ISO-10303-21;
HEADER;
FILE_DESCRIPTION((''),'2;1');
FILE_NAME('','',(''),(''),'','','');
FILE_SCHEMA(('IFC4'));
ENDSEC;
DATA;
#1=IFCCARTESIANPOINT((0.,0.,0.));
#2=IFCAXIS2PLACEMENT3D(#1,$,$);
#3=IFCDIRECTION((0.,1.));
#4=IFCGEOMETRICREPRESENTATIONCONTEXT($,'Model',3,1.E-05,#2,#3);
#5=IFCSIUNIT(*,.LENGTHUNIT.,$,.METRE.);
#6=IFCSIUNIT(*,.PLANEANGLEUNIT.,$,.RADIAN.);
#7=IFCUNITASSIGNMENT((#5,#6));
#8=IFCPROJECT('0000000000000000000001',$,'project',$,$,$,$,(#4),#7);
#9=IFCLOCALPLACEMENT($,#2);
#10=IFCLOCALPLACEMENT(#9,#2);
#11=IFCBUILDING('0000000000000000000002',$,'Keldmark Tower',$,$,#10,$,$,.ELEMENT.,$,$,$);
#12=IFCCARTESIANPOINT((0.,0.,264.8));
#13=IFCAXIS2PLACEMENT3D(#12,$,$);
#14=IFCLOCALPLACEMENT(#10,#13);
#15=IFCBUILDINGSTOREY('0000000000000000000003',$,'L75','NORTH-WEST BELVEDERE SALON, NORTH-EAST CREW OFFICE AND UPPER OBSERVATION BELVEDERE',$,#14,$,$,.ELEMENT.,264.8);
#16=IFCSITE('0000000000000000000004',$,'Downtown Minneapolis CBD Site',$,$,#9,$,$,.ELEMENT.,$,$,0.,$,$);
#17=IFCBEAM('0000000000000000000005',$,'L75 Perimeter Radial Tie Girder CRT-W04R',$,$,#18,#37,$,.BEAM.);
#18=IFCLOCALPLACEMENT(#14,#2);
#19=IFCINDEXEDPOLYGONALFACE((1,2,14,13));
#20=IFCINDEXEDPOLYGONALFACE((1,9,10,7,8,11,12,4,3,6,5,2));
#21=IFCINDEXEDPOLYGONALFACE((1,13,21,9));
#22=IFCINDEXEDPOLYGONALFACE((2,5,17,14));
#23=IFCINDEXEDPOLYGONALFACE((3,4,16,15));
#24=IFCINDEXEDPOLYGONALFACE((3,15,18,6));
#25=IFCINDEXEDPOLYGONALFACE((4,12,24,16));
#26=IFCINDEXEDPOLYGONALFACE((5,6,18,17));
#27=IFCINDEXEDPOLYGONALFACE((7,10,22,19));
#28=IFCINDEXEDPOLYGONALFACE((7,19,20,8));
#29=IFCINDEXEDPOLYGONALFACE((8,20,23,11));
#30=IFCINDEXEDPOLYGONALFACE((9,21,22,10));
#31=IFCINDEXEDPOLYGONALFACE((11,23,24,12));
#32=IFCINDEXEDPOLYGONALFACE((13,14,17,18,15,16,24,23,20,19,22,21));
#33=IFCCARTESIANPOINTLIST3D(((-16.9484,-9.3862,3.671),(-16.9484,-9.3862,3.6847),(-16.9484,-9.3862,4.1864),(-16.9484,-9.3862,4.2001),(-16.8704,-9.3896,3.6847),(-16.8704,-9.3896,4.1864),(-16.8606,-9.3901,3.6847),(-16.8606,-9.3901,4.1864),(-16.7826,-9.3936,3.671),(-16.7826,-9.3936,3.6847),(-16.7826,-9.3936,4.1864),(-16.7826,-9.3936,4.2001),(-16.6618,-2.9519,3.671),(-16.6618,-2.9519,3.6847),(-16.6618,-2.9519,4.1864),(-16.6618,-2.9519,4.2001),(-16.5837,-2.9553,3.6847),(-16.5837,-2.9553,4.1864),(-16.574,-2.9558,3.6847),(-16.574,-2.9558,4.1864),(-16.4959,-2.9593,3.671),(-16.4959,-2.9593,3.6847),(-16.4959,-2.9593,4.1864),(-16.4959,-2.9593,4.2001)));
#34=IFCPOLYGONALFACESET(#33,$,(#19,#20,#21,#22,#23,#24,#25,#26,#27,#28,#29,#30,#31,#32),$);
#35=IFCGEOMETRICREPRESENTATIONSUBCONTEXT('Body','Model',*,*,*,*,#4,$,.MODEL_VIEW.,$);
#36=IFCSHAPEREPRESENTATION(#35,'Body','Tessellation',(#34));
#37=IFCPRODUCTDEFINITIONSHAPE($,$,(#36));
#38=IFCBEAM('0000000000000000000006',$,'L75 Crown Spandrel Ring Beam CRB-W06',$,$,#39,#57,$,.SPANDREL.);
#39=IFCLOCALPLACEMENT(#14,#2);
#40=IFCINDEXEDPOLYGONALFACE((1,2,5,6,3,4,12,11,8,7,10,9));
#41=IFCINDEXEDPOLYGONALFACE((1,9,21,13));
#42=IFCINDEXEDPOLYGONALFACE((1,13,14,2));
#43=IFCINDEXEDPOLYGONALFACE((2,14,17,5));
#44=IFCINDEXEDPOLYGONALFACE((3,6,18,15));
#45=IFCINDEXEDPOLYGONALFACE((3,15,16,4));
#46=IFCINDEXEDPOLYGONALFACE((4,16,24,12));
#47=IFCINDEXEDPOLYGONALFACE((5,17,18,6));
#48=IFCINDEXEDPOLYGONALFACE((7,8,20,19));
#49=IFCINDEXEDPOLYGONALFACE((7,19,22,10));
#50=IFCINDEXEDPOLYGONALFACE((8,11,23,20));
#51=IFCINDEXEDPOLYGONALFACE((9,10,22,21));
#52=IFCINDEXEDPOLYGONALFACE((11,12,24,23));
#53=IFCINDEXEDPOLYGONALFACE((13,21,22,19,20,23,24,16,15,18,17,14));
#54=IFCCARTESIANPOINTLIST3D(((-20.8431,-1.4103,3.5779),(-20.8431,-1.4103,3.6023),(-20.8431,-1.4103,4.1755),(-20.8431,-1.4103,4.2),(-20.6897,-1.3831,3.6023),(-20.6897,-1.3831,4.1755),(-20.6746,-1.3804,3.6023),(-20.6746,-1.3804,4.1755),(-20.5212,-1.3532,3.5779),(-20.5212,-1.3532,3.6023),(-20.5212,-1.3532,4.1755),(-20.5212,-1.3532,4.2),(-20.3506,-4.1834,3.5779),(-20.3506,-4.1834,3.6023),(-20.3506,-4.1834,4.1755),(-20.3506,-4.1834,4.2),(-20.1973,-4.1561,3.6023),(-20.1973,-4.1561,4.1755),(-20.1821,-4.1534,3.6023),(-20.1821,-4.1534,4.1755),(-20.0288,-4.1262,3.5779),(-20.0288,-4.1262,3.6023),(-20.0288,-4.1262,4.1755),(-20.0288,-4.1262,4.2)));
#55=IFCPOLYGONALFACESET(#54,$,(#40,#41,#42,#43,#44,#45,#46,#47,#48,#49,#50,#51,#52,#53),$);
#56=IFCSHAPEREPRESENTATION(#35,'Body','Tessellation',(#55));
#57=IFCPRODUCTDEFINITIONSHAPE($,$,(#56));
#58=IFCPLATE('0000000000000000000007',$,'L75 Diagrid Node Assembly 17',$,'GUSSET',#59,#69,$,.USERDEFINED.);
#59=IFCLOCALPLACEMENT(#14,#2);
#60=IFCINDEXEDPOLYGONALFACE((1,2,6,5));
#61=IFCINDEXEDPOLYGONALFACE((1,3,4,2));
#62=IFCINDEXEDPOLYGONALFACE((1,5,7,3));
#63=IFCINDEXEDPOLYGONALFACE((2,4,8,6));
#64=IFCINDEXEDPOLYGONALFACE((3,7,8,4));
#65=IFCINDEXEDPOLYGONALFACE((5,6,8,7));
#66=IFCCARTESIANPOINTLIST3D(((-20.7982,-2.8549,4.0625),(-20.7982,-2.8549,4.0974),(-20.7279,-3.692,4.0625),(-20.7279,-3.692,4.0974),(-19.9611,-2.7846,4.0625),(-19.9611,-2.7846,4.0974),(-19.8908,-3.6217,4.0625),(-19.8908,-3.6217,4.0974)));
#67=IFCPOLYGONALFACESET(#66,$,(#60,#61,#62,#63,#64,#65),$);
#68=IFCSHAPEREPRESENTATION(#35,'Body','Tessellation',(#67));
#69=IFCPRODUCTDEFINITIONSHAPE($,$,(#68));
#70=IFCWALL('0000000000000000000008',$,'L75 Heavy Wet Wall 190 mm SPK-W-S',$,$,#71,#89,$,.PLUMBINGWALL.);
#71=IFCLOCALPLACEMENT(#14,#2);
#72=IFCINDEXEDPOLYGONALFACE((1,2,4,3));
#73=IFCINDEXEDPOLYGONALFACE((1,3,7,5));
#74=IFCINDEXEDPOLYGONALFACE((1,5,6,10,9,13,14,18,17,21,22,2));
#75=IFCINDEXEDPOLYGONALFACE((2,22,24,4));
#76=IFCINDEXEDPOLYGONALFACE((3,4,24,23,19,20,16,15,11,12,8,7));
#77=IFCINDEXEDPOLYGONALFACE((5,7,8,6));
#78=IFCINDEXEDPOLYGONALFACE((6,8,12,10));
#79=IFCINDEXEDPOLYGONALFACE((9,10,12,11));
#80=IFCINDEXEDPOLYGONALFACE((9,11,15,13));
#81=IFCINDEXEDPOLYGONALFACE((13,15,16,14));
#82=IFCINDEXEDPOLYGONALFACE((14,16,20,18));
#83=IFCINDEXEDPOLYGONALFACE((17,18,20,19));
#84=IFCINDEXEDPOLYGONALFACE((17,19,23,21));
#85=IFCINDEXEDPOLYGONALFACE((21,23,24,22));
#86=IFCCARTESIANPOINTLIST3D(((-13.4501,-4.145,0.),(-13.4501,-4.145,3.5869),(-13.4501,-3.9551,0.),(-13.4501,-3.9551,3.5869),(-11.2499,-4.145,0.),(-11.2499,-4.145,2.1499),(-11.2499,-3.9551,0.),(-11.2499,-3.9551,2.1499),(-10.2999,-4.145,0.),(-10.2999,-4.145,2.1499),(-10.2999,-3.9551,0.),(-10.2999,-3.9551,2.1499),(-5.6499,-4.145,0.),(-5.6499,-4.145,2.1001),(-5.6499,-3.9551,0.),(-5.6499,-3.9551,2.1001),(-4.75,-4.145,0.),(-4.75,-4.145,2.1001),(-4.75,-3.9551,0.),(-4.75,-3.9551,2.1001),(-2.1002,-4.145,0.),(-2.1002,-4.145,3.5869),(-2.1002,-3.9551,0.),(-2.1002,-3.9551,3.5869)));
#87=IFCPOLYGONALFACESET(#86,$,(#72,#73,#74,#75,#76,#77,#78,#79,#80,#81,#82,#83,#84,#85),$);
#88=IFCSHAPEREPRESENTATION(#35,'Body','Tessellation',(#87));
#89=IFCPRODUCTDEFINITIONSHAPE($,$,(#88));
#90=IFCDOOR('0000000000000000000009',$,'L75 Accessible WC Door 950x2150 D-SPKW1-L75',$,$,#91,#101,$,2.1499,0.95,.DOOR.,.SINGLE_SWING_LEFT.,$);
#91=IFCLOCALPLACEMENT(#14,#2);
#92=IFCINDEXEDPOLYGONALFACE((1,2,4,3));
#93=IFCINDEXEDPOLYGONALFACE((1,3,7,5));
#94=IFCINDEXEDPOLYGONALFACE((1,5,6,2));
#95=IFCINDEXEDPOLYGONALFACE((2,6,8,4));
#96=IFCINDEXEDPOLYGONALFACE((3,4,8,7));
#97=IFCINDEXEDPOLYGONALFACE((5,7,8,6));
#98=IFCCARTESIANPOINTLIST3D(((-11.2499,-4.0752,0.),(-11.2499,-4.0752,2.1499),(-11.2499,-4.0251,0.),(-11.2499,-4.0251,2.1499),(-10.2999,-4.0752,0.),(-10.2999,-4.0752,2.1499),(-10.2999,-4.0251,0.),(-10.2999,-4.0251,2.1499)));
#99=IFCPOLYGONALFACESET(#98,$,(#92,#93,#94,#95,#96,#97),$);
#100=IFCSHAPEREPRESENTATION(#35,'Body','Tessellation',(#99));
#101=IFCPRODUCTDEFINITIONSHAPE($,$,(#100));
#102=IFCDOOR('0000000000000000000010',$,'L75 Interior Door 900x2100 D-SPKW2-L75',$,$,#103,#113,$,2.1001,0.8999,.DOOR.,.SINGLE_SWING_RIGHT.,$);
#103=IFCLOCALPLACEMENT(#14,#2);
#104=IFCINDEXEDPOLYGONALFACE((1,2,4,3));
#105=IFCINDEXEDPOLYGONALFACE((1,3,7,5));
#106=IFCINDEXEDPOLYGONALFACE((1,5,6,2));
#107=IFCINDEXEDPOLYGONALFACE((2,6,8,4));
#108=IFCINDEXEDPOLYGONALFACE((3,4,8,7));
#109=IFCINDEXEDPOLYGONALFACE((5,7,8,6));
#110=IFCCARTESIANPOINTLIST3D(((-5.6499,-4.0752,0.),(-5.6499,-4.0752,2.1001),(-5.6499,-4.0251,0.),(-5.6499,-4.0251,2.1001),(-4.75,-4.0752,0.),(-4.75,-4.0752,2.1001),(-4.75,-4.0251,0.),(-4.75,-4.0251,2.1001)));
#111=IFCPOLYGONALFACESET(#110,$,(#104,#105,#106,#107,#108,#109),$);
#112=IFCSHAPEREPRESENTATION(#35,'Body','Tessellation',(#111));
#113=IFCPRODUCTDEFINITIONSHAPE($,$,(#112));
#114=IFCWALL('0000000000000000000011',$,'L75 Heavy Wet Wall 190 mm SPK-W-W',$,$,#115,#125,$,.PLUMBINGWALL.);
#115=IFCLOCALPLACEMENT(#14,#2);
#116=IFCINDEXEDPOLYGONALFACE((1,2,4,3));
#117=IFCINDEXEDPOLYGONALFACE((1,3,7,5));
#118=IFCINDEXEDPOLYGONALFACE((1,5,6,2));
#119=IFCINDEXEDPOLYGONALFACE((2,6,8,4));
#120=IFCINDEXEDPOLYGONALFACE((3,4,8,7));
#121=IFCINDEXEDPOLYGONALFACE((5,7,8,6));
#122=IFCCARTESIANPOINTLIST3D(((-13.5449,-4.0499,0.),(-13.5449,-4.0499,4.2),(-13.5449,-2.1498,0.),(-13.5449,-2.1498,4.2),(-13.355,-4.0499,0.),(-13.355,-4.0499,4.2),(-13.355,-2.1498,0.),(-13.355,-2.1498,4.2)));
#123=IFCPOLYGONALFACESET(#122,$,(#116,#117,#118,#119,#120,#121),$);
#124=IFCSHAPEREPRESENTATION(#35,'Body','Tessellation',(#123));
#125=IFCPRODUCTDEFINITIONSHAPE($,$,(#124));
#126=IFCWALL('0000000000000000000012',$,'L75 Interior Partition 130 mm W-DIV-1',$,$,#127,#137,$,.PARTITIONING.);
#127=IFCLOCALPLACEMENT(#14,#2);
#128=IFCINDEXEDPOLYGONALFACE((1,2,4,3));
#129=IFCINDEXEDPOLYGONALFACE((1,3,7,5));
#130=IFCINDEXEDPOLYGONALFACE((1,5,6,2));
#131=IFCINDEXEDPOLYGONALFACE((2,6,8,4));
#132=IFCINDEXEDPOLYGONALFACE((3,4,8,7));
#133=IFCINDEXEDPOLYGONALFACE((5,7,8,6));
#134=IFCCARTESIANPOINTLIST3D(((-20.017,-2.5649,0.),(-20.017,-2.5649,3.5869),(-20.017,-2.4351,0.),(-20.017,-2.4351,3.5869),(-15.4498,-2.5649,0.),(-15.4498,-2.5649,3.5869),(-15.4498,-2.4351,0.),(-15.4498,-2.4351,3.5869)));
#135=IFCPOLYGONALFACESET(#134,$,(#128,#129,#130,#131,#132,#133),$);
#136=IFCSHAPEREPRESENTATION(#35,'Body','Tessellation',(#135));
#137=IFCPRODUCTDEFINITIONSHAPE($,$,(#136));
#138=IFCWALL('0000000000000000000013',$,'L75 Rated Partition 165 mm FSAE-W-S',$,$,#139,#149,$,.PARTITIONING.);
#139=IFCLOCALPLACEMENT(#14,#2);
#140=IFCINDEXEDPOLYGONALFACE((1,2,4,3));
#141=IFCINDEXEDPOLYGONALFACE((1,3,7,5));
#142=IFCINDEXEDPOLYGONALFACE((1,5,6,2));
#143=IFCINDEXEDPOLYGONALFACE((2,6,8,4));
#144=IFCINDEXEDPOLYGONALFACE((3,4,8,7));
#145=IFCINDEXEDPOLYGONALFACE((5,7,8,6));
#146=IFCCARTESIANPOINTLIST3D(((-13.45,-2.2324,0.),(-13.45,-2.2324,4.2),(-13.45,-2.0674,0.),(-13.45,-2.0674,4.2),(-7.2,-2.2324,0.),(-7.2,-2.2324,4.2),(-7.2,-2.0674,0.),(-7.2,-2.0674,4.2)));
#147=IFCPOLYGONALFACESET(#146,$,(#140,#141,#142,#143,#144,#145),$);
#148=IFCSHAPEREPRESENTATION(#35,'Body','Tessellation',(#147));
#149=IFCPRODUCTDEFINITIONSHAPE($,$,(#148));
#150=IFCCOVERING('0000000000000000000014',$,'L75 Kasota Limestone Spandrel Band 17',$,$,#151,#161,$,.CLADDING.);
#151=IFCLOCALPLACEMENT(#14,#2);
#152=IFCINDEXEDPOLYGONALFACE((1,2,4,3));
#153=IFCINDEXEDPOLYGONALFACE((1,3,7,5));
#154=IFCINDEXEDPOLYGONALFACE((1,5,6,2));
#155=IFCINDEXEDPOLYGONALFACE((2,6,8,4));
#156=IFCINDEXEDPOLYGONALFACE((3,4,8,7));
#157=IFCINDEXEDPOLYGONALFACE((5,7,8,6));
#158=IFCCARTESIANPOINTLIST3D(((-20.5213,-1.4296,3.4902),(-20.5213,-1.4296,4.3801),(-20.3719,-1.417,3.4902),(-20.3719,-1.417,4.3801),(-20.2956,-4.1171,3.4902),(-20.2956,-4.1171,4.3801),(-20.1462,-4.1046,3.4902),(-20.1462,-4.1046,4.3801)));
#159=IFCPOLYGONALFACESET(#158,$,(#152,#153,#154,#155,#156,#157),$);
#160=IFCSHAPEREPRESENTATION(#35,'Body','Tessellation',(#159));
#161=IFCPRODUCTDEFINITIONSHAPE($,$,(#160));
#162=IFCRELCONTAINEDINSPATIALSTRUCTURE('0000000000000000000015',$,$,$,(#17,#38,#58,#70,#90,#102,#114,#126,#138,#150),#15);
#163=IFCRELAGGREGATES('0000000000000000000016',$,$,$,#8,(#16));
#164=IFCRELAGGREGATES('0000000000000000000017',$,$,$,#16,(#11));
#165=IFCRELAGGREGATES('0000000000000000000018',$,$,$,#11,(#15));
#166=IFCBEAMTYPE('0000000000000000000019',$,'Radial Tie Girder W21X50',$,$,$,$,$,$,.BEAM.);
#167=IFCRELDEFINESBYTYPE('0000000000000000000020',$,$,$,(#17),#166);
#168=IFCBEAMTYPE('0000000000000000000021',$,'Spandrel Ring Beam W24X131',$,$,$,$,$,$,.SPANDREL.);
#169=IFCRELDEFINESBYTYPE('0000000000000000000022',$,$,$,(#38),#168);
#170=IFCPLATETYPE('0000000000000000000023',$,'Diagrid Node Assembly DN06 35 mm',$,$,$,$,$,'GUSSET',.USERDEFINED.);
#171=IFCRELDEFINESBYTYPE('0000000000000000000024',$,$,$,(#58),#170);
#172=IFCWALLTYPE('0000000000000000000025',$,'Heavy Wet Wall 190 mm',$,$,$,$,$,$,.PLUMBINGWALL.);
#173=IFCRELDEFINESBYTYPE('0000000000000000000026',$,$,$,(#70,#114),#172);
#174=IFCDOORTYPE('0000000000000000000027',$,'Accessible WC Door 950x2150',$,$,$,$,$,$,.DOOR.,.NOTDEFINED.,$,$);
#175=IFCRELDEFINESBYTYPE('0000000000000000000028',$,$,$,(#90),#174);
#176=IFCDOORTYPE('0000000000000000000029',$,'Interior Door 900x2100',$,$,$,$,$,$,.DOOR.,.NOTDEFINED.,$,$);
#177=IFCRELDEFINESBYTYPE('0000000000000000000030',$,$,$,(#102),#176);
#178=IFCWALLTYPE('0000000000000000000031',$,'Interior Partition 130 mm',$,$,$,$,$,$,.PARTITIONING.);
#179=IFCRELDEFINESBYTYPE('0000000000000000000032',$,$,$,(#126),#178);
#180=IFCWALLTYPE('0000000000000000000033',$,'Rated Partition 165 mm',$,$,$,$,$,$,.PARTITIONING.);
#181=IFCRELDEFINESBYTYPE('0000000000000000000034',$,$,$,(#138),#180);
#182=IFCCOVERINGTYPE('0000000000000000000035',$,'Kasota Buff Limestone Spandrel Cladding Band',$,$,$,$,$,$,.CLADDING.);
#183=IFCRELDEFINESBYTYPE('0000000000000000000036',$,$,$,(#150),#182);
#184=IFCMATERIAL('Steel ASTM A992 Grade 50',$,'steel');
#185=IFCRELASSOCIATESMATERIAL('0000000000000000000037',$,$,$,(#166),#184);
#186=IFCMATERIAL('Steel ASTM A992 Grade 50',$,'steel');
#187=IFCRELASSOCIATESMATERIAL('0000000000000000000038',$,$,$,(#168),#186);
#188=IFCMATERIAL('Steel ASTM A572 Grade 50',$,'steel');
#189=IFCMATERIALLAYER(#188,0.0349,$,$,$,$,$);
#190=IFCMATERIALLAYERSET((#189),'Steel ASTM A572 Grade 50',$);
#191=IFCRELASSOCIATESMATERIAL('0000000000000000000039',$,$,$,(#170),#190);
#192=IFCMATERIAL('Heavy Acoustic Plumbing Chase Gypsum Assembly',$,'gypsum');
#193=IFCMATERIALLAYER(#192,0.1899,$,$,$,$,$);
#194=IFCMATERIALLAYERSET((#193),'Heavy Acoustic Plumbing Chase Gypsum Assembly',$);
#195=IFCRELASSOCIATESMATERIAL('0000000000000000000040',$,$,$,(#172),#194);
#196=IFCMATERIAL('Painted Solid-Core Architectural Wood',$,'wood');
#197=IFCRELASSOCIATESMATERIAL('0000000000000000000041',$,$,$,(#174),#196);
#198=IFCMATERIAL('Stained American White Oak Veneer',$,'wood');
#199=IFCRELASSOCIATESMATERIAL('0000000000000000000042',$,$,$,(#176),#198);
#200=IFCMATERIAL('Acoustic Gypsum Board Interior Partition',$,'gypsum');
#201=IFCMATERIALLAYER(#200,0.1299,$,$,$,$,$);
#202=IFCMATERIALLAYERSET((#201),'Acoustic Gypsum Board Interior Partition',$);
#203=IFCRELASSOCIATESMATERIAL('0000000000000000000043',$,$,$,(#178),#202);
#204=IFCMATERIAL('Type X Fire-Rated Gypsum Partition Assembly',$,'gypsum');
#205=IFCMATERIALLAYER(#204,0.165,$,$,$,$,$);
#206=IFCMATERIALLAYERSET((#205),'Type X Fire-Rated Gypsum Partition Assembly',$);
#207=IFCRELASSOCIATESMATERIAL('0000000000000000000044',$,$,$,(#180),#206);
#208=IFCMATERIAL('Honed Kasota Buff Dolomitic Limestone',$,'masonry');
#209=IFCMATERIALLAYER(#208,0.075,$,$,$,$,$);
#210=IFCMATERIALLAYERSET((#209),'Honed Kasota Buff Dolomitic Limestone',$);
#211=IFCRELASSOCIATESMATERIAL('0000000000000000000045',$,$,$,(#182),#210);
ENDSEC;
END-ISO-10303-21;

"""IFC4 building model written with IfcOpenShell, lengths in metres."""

from ifc_helpers import new_model, si_unit, direction, frame, frame_2d, origin, origin_2d, place, context, subcontext, project, spatial, rectangle, i_section, extrude, material, layer, layer_set, material_profile, profile_set, type_object, element, fill, save


model = new_model("IFC4")

# Units and contexts
model_context = context("Model", 3, precision=1e-05, world=origin(), true_north=direction((0.0, 1.0)))
body_context = subcontext(model_context, "Body", "Model", "MODEL_VIEW")
ifc_project = project(units=[si_unit("LENGTHUNIT", "METRE"), si_unit("PLANEANGLEUNIT", "RADIAN")], contexts=[model_context])

# Site, building, storey
site_placement = place(None, origin())
site = spatial("IfcSite", under=ifc_project, at=site_placement, Name="Downtown Minneapolis CBD Site", CompositionType="ELEMENT", RefElevation=0.0)
building_placement = place(site_placement, origin())
building = spatial("IfcBuilding", under=site, at=building_placement, Name="Keldmark Tower", CompositionType="ELEMENT")
storey_placement = place(building_placement, frame((0.0, 0.0, 264.8)))
storey = spatial("IfcBuildingStorey", under=building, at=storey_placement, Name="L75", Description="NORTH-WEST BELVEDERE SALON, NORTH-EAST CREW OFFICE AND UPPER OBSERVATION BELVEDERE", CompositionType="ELEMENT", Elevation=264.8)

# Beams
ifc_material_1 = material(Name="Steel ASTM A992 Grade 50", Category="steel")
ifc_material_profile_1 = material_profile(ifc_material_1, i_section(OverallWidth=0.166, OverallDepth=0.5291, WebThickness=0.0098, FlangeThickness=0.0137, at=origin_2d()), Name="W21X50")
ifc_profile_set_1 = profile_set([ifc_material_profile_1], Name="Steel ASTM A992 Grade 50")
beam_type_1 = type_object("IfcBeamType", Name="Radial Tie Girder W21X50", PredefinedType="BEAM", material=ifc_profile_set_1)
beam_1_placement = place(storey_placement, frame((-16.5789, -2.9556, 3.9355), z_axis=(-0.044501, -0.999009, 0.0), x_axis=(0.999009, -0.044501, 0.0)))
element("IfcBeam", 1, at=beam_1_placement, inside=storey, type_object=beam_type_1, Name="L75 Perimeter Radial Tie Girder CRT-W04R", PredefinedType="BEAM", context=body_context, shape_type="SweptSolid", body=[
    extrude(i_section(OverallWidth=0.166, OverallDepth=0.5291, WebThickness=0.0098, FlangeThickness=0.0137, at=origin_2d()), origin(), (0.0, 0.0, 1.0), 6.4407),
])
ifc_material_2 = material(Name="Steel ASTM A992 Grade 50", Category="steel")
ifc_material_profile_2 = material_profile(ifc_material_2, i_section(OverallWidth=0.3269, OverallDepth=0.6221, WebThickness=0.0154, FlangeThickness=0.0244, at=origin_2d()), Name="W24X131")
ifc_profile_set_2 = profile_set([ifc_material_profile_2], Name="Steel ASTM A992 Grade 50")
beam_type_2 = type_object("IfcBeamType", Name="Spandrel Ring Beam W24X131", PredefinedType="SPANDREL", material=ifc_profile_set_2)
beam_2_placement = place(storey_placement, frame((-20.1897, -4.1548, 3.8889), z_axis=(-0.174848, 0.984595, 0.0), x_axis=(-0.984595, -0.174848, 0.0)))
element("IfcBeam", 2, at=beam_2_placement, inside=storey, type_object=beam_type_2, Name="L75 Crown Spandrel Ring Beam CRB-W06", PredefinedType="SPANDREL", context=body_context, shape_type="SweptSolid", body=[
    extrude(i_section(OverallWidth=0.3269, OverallDepth=0.6221, WebThickness=0.0154, FlangeThickness=0.0244, at=origin_2d()), origin(), (0.0, 0.0, 1.0), 2.8164),
])

# Plate
ifc_material_3 = material(Name="Steel ASTM A572 Grade 50", Category="steel")
ifc_layer_1 = layer(ifc_material_3, 0.0349)
ifc_layer_set_1 = layer_set([ifc_layer_1], Name="Steel ASTM A572 Grade 50")
plate_type = type_object("IfcPlateType", Name="Diagrid Node Assembly DN06 35 mm", ElementType="GUSSET", PredefinedType="USERDEFINED", material=ifc_layer_set_1)
plate_placement = place(storey_placement, frame((-20.3445, -3.2383, 4.0625), z_axis=(0.0, 0.0, 1.0), x_axis=(0.083678, -0.996493, 0.0)))
element("IfcPlate", 3, at=plate_placement, inside=storey, type_object=plate_type, Name="L75 Diagrid Node Assembly 17", ObjectType="GUSSET", PredefinedType="USERDEFINED", context=body_context, shape_type="SweptSolid", body=[
    extrude(rectangle(XDim=0.8401, YDim=0.8401, at=origin_2d()), origin(), (0.0, 0.0, 1.0), 0.0349),
])

# Wall, openings, doors
ifc_material_4 = material(Name="Heavy Acoustic Plumbing Chase Gypsum Assembly", Category="gypsum")
ifc_layer_2 = layer(ifc_material_4, 0.1899)
ifc_layer_set_2 = layer_set([ifc_layer_2], Name="Heavy Acoustic Plumbing Chase Gypsum Assembly")
wall_type_1 = type_object("IfcWallType", Name="Heavy Wet Wall 190 mm", PredefinedType="PLUMBINGWALL", material=ifc_layer_set_2)
wall_1_placement = place(storey_placement, frame((-13.45, -4.05, 0.0), z_axis=(0.0, 0.0, 1.0), x_axis=(1.0, 0.0, 0.0)))
wall_1 = element("IfcWall", 4, at=wall_1_placement, inside=storey, type_object=wall_type_1, Name="L75 Heavy Wet Wall 190 mm SPK-W-S", PredefinedType="PLUMBINGWALL", context=body_context, shape_type="SweptSolid", body=[
    extrude(rectangle(XDim=11.3499, YDim=0.1899, at=frame_2d((5.6748, 0.0))), origin(), (0.0, 0.0, 1.0), 3.5869),
])
opening_1_placement = place(wall_1_placement, frame((2.2, 0.0, 0.0)))
opening_1 = element("IfcOpeningElement", 5, at=opening_1_placement, cuts=wall_1, PredefinedType="OPENING", context=body_context, shape_type="SweptSolid", body=[
    extrude(rectangle(XDim=0.95, YDim=2.1499, at=frame_2d((0.4751, 1.075))), frame((0.0, 0.105, 0.0), z_axis=(0.0, -1.0, 0.0), x_axis=(1.0, 0.0, 0.0)), (0.0, 0.0, 1.0), 0.21),
])
opening_2_placement = place(wall_1_placement, frame((7.8, 0.0, 0.0)))
opening_2 = element("IfcOpeningElement", 6, at=opening_2_placement, cuts=wall_1, PredefinedType="OPENING", context=body_context, shape_type="SweptSolid", body=[
    extrude(rectangle(XDim=0.8999, YDim=2.1001, at=frame_2d((0.45, 1.05))), frame((0.0, 0.105, 0.0), z_axis=(0.0, -1.0, 0.0), x_axis=(1.0, 0.0, 0.0)), (0.0, 0.0, 1.0), 0.21),
])
ifc_material_5 = material(Name="Painted Solid-Core Architectural Wood", Category="wood")
door_type_1 = type_object("IfcDoorType", Name="Accessible WC Door 950x2150", OperationType="NOTDEFINED", PredefinedType="DOOR", material=ifc_material_5)
door_1_placement = place(opening_1_placement, origin())
door_1 = element("IfcDoor", 7, at=door_1_placement, inside=storey, type_object=door_type_1, Name="L75 Accessible WC Door 950x2150 D-SPKW1-L75", OperationType="SINGLE_SWING_LEFT", OverallHeight=2.1499, OverallWidth=0.95, PredefinedType="DOOR", context=body_context, shape_type="SweptSolid", body=[
    extrude(rectangle(XDim=0.95, YDim=2.1499, at=frame_2d((0.4751, 1.075))), frame((0.0, 0.0249, 0.0), z_axis=(0.0, -1.0, 0.0), x_axis=(1.0, 0.0, 0.0)), (0.0, 0.0, 1.0), 0.05),
])
fill(opening_1, door_1)
ifc_material_6 = material(Name="Stained American White Oak Veneer", Category="wood")
door_type_2 = type_object("IfcDoorType", Name="Interior Door 900x2100", OperationType="NOTDEFINED", PredefinedType="DOOR", material=ifc_material_6)
door_2_placement = place(opening_2_placement, origin())
door_2 = element("IfcDoor", 8, at=door_2_placement, inside=storey, type_object=door_type_2, Name="L75 Interior Door 900x2100 D-SPKW2-L75", OperationType="SINGLE_SWING_RIGHT", OverallHeight=2.1001, OverallWidth=0.8999, PredefinedType="DOOR", context=body_context, shape_type="SweptSolid", body=[
    extrude(rectangle(XDim=0.8999, YDim=2.1001, at=frame_2d((0.45, 1.05))), frame((0.0, 0.0249, 0.0), z_axis=(0.0, -1.0, 0.0), x_axis=(1.0, 0.0, 0.0)), (0.0, 0.0, 1.0), 0.05),
])
fill(opening_2, door_2)

# Walls
wall_2_placement = place(storey_placement, frame((-13.45, -4.05, 0.0), z_axis=(0.0, 0.0, 1.0), x_axis=(0.0, 1.0, 0.0)))
element("IfcWall", 9, at=wall_2_placement, inside=storey, type_object=wall_type_1, Name="L75 Heavy Wet Wall 190 mm SPK-W-W", PredefinedType="PLUMBINGWALL", context=body_context, shape_type="SweptSolid", body=[
    extrude(rectangle(XDim=1.9001, YDim=0.1899, at=frame_2d((0.9502, 0.0))), origin(), (0.0, 0.0, 1.0), 4.2),
])
ifc_material_7 = material(Name="Acoustic Gypsum Board Interior Partition", Category="gypsum")
ifc_layer_3 = layer(ifc_material_7, 0.1299)
ifc_layer_set_3 = layer_set([ifc_layer_3], Name="Acoustic Gypsum Board Interior Partition")
wall_type_2 = type_object("IfcWallType", Name="Interior Partition 130 mm", PredefinedType="PARTITIONING", material=ifc_layer_set_3)
wall_3_placement = place(storey_placement, frame((-20.0171, -2.5, 0.0), z_axis=(0.0, 0.0, 1.0), x_axis=(1.0, 0.0, 0.0)))
element("IfcWall", 10, at=wall_3_placement, inside=storey, type_object=wall_type_2, Name="L75 Interior Partition 130 mm W-DIV-1", PredefinedType="PARTITIONING", context=body_context, shape_type="SweptSolid", body=[
    extrude(rectangle(XDim=4.5671, YDim=0.1299, at=frame_2d((2.2837, 0.0))), origin(), (0.0, 0.0, 1.0), 3.5869),
])
ifc_material_8 = material(Name="Type X Fire-Rated Gypsum Partition Assembly", Category="gypsum")
ifc_layer_4 = layer(ifc_material_8, 0.165)
ifc_layer_set_4 = layer_set([ifc_layer_4], Name="Type X Fire-Rated Gypsum Partition Assembly")
wall_type_3 = type_object("IfcWallType", Name="Rated Partition 165 mm", PredefinedType="PARTITIONING", material=ifc_layer_set_4)
wall_4_placement = place(storey_placement, frame((-13.45, -2.1499, 0.0), z_axis=(0.0, 0.0, 1.0), x_axis=(1.0, 0.0, 0.0)))
element("IfcWall", 11, at=wall_4_placement, inside=storey, type_object=wall_type_3, Name="L75 Rated Partition 165 mm FSAE-W-S", PredefinedType="PARTITIONING", context=body_context, shape_type="SweptSolid", body=[
    extrude(rectangle(XDim=6.25, YDim=0.165, at=frame_2d((3.125, 0.0))), origin(), (0.0, 0.0, 1.0), 4.2),
])

# Covering
ifc_material_9 = material(Name="Honed Kasota Buff Dolomitic Limestone", Category="masonry")
ifc_layer_5 = layer(ifc_material_9, 0.075)
ifc_layer_set_5 = layer_set([ifc_layer_5], Name="Honed Kasota Buff Dolomitic Limestone")
covering_type = type_object("IfcCoveringType", Name="Kasota Buff Limestone Spandrel Cladding Band", PredefinedType="CLADDING", material=ifc_layer_set_5)
covering_placement = place(storey_placement, frame((-20.3337, -2.7671, 3.4902), z_axis=(0.0, 0.0, 1.0), x_axis=(0.083678, -0.996493, 0.0)))
element("IfcCovering", 12, at=covering_placement, inside=storey, type_object=covering_type, Name="L75 Kasota Limestone Spandrel Band 17", PredefinedType="CLADDING", context=body_context, shape_type="SweptSolid", body=[
    extrude(rectangle(XDim=2.697, YDim=0.1499, at=origin_2d()), origin(), (0.0, 0.0, 1.0), 0.8899),
])

save(model, "model.ifc")
